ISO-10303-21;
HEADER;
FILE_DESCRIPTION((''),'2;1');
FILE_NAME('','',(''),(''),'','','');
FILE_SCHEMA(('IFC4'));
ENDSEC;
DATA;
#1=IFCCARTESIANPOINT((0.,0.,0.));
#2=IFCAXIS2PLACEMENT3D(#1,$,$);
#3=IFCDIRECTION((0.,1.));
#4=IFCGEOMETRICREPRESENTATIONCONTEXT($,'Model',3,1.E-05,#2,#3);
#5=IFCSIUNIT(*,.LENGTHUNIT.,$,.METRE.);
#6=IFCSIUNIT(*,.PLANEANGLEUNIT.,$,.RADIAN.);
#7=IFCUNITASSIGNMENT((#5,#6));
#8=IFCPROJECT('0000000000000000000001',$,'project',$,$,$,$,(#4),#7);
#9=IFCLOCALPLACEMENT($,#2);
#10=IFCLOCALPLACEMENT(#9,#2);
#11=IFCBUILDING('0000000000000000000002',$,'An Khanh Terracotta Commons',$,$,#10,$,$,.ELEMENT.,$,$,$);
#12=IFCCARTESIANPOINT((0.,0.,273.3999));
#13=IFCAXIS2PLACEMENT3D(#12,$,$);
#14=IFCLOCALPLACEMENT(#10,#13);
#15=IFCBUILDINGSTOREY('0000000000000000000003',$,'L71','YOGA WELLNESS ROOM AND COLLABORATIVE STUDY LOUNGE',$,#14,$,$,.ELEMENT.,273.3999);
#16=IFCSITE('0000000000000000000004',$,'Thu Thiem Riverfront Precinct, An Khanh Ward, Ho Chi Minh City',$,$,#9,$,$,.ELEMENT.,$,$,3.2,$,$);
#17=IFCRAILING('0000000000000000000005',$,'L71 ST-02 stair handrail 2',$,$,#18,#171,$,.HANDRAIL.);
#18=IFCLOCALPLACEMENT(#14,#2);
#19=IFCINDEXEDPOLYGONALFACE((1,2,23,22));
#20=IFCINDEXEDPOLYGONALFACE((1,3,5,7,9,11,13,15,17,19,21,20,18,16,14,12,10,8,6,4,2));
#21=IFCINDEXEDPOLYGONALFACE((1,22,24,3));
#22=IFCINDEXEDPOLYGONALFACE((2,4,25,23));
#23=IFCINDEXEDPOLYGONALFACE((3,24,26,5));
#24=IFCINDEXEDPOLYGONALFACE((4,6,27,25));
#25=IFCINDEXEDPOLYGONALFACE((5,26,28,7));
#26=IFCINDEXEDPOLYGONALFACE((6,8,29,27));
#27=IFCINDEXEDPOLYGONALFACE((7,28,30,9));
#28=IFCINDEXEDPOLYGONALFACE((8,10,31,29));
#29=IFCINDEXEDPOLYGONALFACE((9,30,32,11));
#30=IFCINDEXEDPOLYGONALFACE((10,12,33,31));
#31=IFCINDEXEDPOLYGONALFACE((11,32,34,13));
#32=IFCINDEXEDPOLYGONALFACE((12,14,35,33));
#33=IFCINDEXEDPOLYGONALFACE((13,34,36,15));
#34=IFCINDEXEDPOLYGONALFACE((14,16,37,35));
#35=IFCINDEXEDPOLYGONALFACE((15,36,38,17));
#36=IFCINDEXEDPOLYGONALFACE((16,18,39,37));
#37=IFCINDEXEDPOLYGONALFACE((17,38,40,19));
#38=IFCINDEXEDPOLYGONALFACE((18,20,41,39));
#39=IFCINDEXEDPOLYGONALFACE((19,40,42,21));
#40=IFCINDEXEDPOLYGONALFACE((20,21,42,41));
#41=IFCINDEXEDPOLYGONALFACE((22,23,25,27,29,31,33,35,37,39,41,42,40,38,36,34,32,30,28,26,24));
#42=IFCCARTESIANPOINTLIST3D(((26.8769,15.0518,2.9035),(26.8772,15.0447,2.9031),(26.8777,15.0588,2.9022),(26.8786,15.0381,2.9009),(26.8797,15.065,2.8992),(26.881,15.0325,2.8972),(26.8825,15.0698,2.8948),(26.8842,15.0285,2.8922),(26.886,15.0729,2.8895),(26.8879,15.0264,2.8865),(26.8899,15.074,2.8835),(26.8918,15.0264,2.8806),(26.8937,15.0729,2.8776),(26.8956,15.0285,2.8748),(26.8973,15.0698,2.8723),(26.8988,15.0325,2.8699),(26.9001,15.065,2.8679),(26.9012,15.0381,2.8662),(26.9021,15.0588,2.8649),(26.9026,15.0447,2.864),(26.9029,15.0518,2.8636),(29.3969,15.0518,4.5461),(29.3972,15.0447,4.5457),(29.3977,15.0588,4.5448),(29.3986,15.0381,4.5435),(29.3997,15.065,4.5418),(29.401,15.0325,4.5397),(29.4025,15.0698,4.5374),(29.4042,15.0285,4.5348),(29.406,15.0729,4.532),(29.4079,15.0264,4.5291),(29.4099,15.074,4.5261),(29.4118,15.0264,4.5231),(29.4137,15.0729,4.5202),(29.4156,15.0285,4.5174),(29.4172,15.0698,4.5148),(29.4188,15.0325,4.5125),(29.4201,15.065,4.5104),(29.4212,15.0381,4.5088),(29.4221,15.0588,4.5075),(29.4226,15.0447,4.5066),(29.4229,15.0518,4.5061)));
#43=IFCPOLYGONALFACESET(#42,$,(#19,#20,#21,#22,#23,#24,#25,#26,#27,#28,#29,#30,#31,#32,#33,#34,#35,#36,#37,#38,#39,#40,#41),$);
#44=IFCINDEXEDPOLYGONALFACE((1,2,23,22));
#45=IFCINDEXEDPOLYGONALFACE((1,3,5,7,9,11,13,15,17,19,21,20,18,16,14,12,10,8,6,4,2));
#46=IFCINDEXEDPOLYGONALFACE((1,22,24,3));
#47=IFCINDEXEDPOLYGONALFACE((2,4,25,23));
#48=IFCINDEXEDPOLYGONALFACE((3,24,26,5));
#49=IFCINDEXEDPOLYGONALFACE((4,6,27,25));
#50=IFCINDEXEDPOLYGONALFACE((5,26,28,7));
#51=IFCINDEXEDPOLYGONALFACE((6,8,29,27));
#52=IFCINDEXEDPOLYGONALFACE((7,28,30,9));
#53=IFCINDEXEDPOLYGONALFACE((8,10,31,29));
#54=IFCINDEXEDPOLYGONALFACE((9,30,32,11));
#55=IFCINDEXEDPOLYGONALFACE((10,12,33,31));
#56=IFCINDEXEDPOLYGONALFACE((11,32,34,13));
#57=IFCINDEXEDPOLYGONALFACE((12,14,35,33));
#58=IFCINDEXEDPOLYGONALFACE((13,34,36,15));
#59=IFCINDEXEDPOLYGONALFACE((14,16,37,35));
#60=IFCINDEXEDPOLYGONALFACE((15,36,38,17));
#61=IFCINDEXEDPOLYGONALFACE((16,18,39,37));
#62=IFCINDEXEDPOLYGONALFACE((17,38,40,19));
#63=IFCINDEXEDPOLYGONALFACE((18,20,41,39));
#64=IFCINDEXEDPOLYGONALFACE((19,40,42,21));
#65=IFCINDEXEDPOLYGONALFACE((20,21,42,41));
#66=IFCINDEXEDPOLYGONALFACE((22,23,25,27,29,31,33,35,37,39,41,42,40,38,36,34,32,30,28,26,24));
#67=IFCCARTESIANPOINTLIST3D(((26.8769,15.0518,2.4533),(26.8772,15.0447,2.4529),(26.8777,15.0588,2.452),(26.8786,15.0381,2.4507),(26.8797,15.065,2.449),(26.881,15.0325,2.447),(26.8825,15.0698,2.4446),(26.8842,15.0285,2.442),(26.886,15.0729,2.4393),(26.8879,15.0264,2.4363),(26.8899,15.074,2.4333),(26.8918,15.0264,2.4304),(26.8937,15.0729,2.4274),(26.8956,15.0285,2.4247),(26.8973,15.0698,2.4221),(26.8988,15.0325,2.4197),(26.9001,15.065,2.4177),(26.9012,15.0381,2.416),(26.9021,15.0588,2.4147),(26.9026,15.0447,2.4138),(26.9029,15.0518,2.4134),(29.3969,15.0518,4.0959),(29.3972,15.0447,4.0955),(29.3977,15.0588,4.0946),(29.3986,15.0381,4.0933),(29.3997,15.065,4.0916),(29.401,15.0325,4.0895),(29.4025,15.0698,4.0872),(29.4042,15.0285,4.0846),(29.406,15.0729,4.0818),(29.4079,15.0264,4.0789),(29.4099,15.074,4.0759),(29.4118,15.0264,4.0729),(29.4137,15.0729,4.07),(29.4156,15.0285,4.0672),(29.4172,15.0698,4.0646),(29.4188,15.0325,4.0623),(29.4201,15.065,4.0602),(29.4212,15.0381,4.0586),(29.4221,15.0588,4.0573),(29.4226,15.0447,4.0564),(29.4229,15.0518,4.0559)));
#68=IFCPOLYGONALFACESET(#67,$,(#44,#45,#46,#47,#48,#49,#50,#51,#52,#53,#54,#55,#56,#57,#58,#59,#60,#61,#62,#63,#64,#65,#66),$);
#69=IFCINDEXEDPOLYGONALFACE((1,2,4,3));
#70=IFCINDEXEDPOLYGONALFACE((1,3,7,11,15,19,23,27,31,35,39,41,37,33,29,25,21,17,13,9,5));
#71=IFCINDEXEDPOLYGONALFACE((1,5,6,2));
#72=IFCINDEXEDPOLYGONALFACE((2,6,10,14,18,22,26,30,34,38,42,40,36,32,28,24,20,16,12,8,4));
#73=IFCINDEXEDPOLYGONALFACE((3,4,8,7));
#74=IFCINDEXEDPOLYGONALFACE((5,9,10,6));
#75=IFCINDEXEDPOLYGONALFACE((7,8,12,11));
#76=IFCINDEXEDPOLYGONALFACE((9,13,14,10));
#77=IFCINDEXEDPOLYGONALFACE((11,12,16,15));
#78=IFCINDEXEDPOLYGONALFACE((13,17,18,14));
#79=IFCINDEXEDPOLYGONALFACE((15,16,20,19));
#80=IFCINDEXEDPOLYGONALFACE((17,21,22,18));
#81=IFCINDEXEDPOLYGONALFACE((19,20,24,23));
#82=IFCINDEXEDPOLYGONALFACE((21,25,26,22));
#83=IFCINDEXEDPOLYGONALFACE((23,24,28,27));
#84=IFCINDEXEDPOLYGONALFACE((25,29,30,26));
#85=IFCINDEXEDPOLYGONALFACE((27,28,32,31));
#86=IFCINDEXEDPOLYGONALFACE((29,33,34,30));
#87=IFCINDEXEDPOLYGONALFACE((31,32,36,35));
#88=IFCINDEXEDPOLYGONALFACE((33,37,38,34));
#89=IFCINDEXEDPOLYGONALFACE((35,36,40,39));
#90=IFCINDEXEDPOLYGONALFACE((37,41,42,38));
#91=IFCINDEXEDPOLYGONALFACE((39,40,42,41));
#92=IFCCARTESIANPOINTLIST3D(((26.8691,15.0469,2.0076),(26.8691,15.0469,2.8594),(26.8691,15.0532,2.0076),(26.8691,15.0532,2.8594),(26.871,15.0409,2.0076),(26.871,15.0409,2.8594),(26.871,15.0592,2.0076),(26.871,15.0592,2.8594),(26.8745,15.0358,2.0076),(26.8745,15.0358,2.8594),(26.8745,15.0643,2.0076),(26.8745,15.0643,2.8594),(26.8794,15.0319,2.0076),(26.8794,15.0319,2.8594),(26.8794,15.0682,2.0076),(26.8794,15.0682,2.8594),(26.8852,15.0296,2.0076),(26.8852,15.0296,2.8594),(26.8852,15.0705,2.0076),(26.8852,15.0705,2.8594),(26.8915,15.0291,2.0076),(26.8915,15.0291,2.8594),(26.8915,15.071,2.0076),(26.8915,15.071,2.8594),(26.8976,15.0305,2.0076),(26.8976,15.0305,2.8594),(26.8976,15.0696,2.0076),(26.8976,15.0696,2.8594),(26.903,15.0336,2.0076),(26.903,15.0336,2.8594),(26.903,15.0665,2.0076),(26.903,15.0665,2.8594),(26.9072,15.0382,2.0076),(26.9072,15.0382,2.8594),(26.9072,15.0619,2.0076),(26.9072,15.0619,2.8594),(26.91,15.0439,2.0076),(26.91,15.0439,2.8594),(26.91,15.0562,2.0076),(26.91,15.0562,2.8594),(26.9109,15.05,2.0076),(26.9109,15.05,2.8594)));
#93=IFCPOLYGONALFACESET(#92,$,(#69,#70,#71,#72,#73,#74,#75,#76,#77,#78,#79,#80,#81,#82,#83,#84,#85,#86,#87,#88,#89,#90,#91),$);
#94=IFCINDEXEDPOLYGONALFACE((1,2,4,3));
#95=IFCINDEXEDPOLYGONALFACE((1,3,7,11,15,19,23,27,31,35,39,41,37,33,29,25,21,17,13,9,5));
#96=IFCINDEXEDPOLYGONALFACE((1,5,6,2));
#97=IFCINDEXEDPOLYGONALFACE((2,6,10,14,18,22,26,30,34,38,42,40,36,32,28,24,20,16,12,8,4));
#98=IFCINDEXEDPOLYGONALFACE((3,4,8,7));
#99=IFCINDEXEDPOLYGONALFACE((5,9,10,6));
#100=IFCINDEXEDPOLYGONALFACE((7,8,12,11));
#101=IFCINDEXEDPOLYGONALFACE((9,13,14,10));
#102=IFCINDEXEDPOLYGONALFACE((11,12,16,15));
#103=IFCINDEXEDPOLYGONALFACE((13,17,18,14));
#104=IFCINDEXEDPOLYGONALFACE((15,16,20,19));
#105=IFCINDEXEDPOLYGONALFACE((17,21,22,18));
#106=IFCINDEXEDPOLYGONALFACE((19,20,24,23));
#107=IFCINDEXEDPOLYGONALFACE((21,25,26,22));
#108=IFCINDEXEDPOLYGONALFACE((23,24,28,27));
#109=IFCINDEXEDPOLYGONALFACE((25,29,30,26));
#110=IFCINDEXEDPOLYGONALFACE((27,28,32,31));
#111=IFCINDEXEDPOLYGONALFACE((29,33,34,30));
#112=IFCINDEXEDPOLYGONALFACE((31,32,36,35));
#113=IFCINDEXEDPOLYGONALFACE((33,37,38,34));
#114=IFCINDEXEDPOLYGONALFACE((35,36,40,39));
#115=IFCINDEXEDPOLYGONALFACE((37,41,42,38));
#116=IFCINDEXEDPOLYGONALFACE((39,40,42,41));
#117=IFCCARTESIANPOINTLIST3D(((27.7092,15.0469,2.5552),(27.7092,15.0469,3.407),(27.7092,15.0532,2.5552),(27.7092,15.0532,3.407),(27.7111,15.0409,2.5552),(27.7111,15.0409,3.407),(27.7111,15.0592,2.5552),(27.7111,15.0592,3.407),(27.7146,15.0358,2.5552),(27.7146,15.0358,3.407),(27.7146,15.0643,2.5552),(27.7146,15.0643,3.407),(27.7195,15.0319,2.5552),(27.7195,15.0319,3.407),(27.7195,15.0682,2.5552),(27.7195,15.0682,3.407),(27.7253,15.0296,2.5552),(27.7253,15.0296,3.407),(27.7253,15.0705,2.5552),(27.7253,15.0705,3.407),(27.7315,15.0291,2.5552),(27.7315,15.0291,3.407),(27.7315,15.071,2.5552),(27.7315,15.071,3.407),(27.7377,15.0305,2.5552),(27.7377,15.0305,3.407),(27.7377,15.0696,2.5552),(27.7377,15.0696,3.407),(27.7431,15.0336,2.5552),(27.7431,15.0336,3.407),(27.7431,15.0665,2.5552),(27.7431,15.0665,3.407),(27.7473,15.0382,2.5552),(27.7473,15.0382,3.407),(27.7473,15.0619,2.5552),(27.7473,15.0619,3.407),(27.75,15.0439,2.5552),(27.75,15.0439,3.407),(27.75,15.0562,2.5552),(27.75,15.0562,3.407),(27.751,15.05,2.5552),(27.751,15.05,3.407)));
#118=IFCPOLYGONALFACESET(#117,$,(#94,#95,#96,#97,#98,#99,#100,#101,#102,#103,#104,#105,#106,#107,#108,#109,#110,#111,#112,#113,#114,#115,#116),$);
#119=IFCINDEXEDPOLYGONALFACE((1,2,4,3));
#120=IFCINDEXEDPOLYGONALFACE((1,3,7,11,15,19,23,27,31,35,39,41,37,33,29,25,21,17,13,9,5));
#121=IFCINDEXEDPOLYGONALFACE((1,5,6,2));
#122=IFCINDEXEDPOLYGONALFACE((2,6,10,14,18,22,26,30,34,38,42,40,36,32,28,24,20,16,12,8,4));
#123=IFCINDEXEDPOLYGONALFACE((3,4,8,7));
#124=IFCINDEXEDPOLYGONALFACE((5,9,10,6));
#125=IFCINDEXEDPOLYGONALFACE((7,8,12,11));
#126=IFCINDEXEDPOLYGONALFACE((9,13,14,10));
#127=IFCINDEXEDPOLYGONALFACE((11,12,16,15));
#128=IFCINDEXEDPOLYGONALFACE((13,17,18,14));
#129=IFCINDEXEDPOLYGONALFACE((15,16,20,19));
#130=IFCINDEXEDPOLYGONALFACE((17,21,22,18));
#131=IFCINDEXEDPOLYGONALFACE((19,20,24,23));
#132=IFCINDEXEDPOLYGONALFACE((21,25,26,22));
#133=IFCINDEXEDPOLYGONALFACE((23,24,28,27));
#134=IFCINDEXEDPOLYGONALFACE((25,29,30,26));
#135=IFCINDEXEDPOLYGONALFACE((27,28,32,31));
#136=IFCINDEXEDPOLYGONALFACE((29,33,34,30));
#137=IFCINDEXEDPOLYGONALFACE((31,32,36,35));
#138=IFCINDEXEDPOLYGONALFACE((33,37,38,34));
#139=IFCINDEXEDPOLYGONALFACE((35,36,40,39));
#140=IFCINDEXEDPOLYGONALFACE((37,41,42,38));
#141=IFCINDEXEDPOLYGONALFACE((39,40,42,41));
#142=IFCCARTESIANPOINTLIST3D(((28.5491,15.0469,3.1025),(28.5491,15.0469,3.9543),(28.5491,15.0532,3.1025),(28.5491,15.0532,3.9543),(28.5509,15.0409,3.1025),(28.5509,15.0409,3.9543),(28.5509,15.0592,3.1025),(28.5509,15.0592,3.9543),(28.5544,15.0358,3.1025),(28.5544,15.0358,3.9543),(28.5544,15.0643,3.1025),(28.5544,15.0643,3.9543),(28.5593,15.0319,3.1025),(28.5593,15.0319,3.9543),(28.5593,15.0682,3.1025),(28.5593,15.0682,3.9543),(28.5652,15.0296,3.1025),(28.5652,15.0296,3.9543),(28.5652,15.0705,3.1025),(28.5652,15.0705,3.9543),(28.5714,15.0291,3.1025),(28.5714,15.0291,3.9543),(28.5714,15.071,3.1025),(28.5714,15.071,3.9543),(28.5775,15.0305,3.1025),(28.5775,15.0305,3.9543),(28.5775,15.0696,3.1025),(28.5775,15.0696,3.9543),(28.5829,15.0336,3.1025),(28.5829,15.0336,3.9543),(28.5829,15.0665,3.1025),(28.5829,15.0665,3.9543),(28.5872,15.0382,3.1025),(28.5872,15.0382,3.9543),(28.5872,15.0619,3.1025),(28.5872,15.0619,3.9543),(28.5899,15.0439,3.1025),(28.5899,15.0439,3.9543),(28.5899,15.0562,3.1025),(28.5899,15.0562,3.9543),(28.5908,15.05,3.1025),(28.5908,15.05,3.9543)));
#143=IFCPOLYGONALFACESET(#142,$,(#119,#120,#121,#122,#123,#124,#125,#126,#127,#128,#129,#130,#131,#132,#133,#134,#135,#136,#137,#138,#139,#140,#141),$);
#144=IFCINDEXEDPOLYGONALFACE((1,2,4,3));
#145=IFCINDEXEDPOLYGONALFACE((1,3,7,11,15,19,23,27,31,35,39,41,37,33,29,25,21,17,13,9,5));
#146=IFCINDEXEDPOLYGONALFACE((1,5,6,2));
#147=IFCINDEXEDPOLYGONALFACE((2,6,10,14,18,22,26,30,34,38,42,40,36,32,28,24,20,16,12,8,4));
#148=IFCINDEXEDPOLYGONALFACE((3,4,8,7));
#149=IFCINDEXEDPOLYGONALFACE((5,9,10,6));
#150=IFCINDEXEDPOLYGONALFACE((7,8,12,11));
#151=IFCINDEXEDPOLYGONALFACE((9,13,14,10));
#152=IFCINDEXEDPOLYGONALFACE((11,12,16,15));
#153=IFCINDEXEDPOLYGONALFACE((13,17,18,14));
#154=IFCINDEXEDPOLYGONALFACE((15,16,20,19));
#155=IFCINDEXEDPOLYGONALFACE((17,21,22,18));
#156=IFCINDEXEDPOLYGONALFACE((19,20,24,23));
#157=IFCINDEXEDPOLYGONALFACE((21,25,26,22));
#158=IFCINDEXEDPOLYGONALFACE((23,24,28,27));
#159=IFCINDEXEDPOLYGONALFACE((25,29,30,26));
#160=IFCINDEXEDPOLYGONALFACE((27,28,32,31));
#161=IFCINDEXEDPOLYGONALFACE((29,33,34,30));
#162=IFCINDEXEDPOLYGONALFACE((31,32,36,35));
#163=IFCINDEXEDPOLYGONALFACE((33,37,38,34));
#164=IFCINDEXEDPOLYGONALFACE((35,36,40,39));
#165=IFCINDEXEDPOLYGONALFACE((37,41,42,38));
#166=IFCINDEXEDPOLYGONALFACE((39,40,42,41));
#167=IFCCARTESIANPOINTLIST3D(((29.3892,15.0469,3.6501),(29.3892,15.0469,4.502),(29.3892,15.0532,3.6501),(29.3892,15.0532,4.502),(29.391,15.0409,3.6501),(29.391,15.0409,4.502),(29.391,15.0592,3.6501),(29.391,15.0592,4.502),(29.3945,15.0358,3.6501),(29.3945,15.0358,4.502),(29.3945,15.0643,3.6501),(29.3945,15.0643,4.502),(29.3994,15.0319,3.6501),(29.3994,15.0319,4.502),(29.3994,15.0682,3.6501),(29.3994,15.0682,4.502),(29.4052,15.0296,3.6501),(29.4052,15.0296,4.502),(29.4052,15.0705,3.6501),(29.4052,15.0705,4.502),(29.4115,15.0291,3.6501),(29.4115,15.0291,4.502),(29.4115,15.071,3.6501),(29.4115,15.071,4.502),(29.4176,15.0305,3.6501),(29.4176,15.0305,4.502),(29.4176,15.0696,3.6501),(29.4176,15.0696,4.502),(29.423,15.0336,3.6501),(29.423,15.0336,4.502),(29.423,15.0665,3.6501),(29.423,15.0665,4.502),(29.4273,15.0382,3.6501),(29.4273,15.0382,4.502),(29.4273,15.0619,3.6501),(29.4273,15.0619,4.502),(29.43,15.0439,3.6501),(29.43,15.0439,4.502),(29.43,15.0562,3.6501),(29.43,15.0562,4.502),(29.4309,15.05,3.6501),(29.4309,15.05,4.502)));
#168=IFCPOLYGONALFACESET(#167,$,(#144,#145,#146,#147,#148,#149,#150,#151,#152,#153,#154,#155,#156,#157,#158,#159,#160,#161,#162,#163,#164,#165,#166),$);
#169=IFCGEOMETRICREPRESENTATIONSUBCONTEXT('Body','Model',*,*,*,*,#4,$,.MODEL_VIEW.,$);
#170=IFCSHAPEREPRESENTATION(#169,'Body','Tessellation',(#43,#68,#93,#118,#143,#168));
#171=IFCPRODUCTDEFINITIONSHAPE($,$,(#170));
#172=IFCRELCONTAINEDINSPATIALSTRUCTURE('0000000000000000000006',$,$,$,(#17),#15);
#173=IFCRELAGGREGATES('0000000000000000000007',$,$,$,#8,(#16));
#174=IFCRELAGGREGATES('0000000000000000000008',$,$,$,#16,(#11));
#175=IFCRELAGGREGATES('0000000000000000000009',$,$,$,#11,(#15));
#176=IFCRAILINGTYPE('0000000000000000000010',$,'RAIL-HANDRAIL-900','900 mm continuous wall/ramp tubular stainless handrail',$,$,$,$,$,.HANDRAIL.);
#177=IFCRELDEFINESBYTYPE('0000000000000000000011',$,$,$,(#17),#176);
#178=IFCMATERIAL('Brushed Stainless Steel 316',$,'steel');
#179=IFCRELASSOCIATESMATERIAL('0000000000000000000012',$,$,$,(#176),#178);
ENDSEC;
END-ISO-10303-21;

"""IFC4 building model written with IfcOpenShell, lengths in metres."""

from ifc_helpers import new_model, si_unit, direction, frame, origin, origin_2d, place, context, subcontext, project, spatial, circle, extrude, material, type_object, element, save


model = new_model("IFC4")

# Units and contexts
model_context = context("Model", 3, precision=1e-05, world=origin(), true_north=direction((0.0, 1.0)))
body_context = subcontext(model_context, "Body", "Model", "MODEL_VIEW")
ifc_project = project(units=[si_unit("LENGTHUNIT", "METRE"), si_unit("PLANEANGLEUNIT", "RADIAN")], contexts=[model_context])

# Site, building, storey
site_placement = place(None, origin())
site = spatial("IfcSite", under=ifc_project, at=site_placement, Name="Thu Thiem Riverfront Precinct, An Khanh Ward, Ho Chi Minh City", CompositionType="ELEMENT", RefElevation=3.2)
building_placement = place(site_placement, origin())
building = spatial("IfcBuilding", under=site, at=building_placement, Name="An Khanh Terracotta Commons", CompositionType="ELEMENT")
storey_placement = place(building_placement, frame((0.0, 0.0, 273.3999)))
storey = spatial("IfcBuildingStorey", under=building, at=storey_placement, Name="L71", Description="YOGA WELLNESS ROOM AND COLLABORATIVE STUDY LOUNGE", CompositionType="ELEMENT", Elevation=273.3999)

# Railing
ifc_material_1 = material(Name="Brushed Stainless Steel 316", Category="steel")
railing_type_1 = type_object("IfcRailingType", Name="RAIL-HANDRAIL-900", Description="900 mm continuous wall/ramp tubular stainless handrail", PredefinedType="HANDRAIL", material=ifc_material_1)
railing_1_placement = place(storey_placement, frame((26.8899, 15.05, 2.0076)))
element("IfcRailing", 1, at=railing_1_placement, inside=storey, type_object=railing_type_1, Name="L71 ST-02 stair handrail 2", PredefinedType="HANDRAIL", context=body_context, shape_type="SweptSolid", body=[
    extrude(circle(Radius=0.0239, at=origin_2d()), frame((0.0, 0.0, 0.876), z_axis=(0.837749, 0.0, 0.546055), x_axis=(0.0, 1.0, 0.0)), (0.0, 0.0, 1.0), 3.0081),
    extrude(circle(Radius=0.0239, at=origin_2d()), frame((0.0, 0.0, 0.4258), z_axis=(0.837749, 0.0, 0.546055), x_axis=(0.0, 1.0, 0.0)), (0.0, 0.0, 1.0), 3.0081),
    extrude(circle(Radius=0.021, at=origin_2d()), origin(), (0.0, 0.0, 1.0), 0.8518),
    extrude(circle(Radius=0.021, at=origin_2d()), frame((0.8401, 0.0, 0.5476)), (0.0, 0.0, 1.0), 0.8518),
    extrude(circle(Radius=0.021, at=origin_2d()), frame((1.6799, 0.0, 1.095)), (0.0, 0.0, 1.0), 0.8518),
    extrude(circle(Radius=0.021, at=origin_2d()), frame((2.52, 0.0, 1.6426)), (0.0, 0.0, 1.0), 0.8518),
])

save(model, "model.ifc")
